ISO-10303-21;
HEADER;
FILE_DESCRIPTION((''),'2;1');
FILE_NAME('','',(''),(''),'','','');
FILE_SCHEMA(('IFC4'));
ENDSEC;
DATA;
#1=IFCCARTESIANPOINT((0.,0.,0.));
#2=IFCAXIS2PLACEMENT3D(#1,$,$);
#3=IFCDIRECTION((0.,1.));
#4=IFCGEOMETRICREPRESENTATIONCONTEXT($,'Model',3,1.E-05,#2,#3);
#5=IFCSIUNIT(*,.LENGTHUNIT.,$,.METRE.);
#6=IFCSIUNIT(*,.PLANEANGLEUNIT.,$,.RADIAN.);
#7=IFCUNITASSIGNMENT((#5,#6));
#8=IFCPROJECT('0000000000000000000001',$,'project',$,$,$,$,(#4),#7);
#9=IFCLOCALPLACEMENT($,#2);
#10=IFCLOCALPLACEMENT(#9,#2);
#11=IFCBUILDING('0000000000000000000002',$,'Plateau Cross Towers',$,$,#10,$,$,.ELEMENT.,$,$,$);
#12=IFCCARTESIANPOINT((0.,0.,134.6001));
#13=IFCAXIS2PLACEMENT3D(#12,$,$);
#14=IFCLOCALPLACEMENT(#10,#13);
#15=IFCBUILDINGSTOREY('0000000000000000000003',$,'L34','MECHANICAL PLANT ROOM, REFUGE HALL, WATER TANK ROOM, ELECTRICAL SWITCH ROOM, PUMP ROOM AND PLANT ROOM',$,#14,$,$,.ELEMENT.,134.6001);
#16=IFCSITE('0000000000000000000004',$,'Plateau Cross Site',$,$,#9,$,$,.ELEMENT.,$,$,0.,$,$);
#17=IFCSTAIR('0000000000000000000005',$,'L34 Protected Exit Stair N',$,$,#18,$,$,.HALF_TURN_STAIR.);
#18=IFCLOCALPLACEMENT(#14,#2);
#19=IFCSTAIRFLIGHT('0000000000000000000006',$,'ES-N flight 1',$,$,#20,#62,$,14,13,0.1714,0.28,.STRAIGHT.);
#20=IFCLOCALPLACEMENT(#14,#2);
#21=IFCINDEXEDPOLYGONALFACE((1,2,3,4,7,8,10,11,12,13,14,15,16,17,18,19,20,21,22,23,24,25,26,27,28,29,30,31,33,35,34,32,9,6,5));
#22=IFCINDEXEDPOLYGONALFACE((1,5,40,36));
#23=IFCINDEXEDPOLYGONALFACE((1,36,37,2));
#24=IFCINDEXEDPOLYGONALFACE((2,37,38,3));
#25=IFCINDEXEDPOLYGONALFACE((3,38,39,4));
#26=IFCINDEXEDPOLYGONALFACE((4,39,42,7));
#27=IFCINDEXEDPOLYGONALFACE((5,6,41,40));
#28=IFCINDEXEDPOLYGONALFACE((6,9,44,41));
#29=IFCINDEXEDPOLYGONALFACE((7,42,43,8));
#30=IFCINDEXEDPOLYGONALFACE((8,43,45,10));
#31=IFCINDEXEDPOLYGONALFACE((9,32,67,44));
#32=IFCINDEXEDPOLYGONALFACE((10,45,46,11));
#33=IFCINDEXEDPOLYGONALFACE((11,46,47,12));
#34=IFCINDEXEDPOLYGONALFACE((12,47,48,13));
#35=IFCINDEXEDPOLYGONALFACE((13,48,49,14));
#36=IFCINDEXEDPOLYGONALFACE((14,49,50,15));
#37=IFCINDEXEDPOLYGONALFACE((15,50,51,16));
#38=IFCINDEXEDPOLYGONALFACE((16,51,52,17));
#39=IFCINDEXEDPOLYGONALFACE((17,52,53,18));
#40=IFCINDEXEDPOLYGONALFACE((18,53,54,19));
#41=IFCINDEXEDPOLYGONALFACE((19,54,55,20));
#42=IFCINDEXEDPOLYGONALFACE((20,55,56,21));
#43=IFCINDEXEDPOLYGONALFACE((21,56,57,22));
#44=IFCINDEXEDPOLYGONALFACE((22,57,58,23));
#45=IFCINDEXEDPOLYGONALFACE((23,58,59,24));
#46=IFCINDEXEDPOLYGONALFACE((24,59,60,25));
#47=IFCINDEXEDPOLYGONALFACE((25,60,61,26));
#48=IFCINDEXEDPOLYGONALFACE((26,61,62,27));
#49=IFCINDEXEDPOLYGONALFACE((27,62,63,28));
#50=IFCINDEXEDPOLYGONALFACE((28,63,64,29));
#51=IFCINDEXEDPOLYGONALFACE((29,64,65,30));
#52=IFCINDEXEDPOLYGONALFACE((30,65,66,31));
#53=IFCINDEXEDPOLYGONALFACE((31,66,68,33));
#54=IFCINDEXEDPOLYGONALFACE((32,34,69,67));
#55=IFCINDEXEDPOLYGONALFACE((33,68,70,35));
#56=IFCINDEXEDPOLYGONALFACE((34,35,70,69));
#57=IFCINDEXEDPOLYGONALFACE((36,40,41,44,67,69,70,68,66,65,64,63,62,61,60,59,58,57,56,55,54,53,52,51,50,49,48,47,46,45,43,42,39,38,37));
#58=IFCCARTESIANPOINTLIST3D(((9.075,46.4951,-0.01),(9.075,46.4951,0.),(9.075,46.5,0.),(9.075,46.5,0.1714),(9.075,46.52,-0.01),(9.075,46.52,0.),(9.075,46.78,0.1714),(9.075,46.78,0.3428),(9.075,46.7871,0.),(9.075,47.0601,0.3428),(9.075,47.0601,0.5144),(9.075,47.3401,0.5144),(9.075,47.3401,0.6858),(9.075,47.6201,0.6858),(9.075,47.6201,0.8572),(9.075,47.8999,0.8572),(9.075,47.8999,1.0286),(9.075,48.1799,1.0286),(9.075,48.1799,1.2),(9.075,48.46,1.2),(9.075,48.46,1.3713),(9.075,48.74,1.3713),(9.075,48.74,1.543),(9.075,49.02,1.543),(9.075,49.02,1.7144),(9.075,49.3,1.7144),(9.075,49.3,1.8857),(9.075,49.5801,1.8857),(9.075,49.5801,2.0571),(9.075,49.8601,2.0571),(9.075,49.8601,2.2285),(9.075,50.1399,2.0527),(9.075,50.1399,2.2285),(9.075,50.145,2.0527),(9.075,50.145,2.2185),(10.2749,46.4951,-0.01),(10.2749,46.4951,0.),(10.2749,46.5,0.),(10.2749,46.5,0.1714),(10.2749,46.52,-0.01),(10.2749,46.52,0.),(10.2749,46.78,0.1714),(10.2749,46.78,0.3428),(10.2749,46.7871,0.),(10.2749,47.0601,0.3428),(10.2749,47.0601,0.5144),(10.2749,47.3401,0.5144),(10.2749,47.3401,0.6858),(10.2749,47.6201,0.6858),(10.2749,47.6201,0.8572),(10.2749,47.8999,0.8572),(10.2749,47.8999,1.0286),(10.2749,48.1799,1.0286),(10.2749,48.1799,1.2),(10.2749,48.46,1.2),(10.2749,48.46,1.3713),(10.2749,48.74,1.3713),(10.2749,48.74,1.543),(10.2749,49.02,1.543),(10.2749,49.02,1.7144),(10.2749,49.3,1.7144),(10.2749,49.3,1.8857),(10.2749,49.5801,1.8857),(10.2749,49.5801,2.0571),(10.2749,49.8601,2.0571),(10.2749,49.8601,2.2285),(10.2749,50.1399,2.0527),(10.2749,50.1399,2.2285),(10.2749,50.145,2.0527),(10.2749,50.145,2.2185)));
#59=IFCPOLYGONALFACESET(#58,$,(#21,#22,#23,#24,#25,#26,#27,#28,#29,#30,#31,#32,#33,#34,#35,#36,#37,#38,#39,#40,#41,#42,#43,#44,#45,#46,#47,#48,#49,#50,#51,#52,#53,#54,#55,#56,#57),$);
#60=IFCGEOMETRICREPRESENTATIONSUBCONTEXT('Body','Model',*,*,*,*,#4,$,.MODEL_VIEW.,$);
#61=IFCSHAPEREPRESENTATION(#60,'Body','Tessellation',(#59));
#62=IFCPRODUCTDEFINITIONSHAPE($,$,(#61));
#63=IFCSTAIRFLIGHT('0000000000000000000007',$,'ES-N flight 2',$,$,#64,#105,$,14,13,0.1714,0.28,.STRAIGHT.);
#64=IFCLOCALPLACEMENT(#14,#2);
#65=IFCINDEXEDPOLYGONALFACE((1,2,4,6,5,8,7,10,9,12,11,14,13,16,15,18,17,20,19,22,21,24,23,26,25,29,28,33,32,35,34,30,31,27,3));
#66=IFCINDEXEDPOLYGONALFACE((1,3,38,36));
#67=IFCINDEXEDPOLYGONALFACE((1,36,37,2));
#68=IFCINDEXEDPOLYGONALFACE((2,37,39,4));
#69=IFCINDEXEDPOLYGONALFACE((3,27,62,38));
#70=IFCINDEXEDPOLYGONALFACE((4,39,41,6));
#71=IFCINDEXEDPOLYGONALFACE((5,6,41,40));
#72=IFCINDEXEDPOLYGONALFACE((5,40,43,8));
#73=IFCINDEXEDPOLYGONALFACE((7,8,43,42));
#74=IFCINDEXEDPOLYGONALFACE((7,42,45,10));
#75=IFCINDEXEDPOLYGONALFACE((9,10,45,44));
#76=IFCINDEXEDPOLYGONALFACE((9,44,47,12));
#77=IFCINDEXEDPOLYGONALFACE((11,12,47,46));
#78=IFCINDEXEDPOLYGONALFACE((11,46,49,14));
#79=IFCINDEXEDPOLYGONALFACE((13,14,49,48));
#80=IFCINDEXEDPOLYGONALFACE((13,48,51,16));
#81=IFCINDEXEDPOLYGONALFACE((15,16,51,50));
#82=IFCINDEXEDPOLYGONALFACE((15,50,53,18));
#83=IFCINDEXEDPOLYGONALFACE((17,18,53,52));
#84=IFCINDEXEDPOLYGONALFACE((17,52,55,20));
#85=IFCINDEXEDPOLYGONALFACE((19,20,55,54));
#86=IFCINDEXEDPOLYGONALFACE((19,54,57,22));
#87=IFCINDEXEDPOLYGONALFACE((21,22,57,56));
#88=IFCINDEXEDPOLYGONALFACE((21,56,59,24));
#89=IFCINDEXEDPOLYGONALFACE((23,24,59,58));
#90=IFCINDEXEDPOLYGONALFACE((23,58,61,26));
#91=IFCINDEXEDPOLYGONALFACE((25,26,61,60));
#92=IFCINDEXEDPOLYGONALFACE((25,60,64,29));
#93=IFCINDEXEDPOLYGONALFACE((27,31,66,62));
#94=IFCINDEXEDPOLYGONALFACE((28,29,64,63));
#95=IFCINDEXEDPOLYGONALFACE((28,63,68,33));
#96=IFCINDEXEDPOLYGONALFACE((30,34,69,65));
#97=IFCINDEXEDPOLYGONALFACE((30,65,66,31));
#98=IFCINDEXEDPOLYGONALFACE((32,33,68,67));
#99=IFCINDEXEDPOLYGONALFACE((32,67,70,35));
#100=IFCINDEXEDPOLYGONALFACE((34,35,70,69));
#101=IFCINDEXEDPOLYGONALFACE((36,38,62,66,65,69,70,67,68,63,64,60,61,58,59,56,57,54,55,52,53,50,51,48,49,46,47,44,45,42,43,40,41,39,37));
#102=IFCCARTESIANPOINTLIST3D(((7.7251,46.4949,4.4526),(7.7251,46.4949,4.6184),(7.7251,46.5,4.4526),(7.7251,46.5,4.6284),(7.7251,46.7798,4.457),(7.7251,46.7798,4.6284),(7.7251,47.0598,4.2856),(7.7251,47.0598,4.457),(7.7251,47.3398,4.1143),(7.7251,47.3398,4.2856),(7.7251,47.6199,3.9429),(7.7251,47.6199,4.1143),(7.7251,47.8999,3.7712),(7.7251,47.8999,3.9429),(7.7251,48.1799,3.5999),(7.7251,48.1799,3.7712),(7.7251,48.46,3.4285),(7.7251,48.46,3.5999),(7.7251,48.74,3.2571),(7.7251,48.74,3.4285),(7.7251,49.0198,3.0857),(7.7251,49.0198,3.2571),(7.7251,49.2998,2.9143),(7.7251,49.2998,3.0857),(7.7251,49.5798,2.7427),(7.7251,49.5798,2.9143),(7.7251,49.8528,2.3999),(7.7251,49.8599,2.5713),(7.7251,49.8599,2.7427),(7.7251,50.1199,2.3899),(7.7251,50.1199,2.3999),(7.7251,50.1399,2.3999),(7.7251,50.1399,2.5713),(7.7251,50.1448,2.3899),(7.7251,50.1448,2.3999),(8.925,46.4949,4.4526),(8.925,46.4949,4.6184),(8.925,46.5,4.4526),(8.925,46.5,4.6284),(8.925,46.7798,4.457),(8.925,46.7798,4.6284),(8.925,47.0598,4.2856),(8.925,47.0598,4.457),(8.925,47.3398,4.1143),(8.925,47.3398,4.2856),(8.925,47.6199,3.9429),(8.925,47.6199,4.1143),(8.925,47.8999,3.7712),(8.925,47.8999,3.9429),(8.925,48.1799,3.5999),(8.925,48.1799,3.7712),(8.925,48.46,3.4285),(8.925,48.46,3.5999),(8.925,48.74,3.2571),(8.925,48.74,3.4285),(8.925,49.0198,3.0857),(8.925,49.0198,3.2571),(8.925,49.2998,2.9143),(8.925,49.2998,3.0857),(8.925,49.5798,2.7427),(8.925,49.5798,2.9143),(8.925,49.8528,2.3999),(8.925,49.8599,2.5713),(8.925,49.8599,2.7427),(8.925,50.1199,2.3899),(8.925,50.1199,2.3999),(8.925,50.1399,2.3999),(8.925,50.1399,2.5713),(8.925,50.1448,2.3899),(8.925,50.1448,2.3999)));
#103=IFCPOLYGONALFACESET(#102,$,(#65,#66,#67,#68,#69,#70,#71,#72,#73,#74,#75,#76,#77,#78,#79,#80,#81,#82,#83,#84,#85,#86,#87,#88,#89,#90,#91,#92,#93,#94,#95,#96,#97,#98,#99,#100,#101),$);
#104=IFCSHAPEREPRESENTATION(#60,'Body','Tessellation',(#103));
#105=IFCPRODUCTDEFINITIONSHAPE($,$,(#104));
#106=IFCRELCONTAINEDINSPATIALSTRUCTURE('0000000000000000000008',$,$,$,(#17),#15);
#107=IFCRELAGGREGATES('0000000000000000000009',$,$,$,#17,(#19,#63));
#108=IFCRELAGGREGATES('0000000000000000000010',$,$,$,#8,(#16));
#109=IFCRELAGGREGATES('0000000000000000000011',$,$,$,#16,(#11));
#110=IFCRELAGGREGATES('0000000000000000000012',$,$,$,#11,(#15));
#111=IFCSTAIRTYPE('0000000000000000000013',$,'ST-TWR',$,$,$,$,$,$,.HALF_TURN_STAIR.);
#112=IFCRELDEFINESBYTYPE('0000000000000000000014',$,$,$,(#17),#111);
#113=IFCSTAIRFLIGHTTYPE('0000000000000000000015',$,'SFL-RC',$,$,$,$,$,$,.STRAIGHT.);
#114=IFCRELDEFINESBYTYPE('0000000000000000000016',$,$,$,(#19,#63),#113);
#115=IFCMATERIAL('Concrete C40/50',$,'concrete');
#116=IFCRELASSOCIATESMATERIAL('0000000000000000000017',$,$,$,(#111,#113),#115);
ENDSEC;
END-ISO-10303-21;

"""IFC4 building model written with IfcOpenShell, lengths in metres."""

from ifc_helpers import new_model, si_unit, direction, frame, origin, place, context, subcontext, project, spatial, polyline, outline, extrude, material, type_object, element, aggregate, save


model = new_model("IFC4")

# Units and contexts
model_context = context("Model", 3, precision=1e-05, world=origin(), true_north=direction((0.0, 1.0)))
body_context = subcontext(model_context, "Body", "Model", "MODEL_VIEW")
ifc_project = project(units=[si_unit("LENGTHUNIT", "METRE"), si_unit("PLANEANGLEUNIT", "RADIAN")], contexts=[model_context])

# Site, building, storey
site_placement = place(None, origin())
site = spatial("IfcSite", under=ifc_project, at=site_placement, Name="Plateau Cross Site", CompositionType="ELEMENT", RefElevation=0.0)
building_placement = place(site_placement, origin())
building = spatial("IfcBuilding", under=site, at=building_placement, Name="Plateau Cross Towers", CompositionType="ELEMENT")
storey_placement = place(building_placement, frame((0.0, 0.0, 134.6001)))
storey = spatial("IfcBuildingStorey", under=building, at=storey_placement, Name="L34", Description="MECHANICAL PLANT ROOM, REFUGE HALL, WATER TANK ROOM, ELECTRICAL SWITCH ROOM, PUMP ROOM AND PLANT ROOM", CompositionType="ELEMENT", Elevation=134.6001)

# Stair, stair flights
ifc_material_1 = material(Name="Concrete C40/50", Category="concrete")
stair_type = type_object("IfcStairType", Name="ST-TWR", PredefinedType="HALF_TURN_STAIR", material=ifc_material_1)
stair_placement = place(storey_placement, origin())
stair = element("IfcStair", 1, at=stair_placement, inside=storey, type_object=stair_type, Name="L34 Protected Exit Stair N", PredefinedType="HALF_TURN_STAIR")
stair_flight_type = type_object("IfcStairFlightType", Name="SFL-RC", PredefinedType="STRAIGHT", material=ifc_material_1)
stair_flight_1_placement = place(storey_placement, frame((9.675, 46.5, 0.0), z_axis=(0.0, 0.0, 1.0), x_axis=(0.0, 1.0, 0.0)))
stair_flight_1 = element("IfcStairFlight", 2, at=stair_flight_1_placement, type_object=stair_flight_type, Name="ES-N flight 1", NumberOfRisers=14, NumberOfTreads=13, PredefinedType="STRAIGHT", RiserHeight=0.1714, TreadLength=0.28, context=body_context, shape_type="SweptSolid", body=[
    extrude(outline(polyline([(-0.0049, -0.01), (-0.0049, 0.0), (0.0, 0.0), (0.0, 0.1714), (0.28, 0.1714), (0.28, 0.3428), (0.5601, 0.3428), (0.5601, 0.5144), (0.8401, 0.5144), (0.8401, 0.6858), (1.1201, 0.6858), (1.1201, 0.8572), (1.3999, 0.8572), (1.3999, 1.0286), (1.6799, 1.0286), (1.6799, 1.2), (1.96, 1.2), (1.96, 1.3713), (2.24, 1.3713), (2.24, 1.543), (2.52, 1.543), (2.52, 1.7144), (2.8, 1.7144), (2.8, 1.8857), (3.0801, 1.8857), (3.0801, 2.0571), (3.3601, 2.0571), (3.3601, 2.2285), (3.6399, 2.2285), (3.645, 2.2185), (3.645, 2.0527), (3.6399, 2.0527), (0.2871, 0.0), (0.02, 0.0), (0.02, -0.01), (-0.0049, -0.01)])), frame((0.0, 0.6001, 0.0), z_axis=(0.0, -1.0, 0.0), x_axis=(1.0, 0.0, 0.0)), (0.0, 0.0, 1.0), 1.2),
])
stair_flight_2_placement = place(storey_placement, frame((8.325, 50.1399, 2.3999), z_axis=(0.0, 0.0, 1.0), x_axis=(0.0, -1.0, 0.0)))
stair_flight_2 = element("IfcStairFlight", 3, at=stair_flight_2_placement, type_object=stair_flight_type, Name="ES-N flight 2", NumberOfRisers=14, NumberOfTreads=13, PredefinedType="STRAIGHT", RiserHeight=0.1714, TreadLength=0.28, context=body_context, shape_type="SweptSolid", body=[
    extrude(outline(polyline([(-0.0049, -0.01), (-0.0049, 0.0), (0.0, 0.0), (0.0, 0.1714), (0.28, 0.1714), (0.28, 0.3428), (0.5601, 0.3428), (0.5601, 0.5144), (0.8401, 0.5144), (0.8401, 0.6858), (1.1201, 0.6858), (1.1201, 0.8572), (1.3999, 0.8572), (1.3999, 1.0286), (1.6799, 1.0286), (1.6799, 1.2), (1.96, 1.2), (1.96, 1.3713), (2.24, 1.3713), (2.24, 1.543), (2.52, 1.543), (2.52, 1.7144), (2.8, 1.7144), (2.8, 1.8857), (3.0801, 1.8857), (3.0801, 2.0571), (3.3601, 2.0571), (3.3601, 2.2285), (3.6399, 2.2285), (3.645, 2.2185), (3.645, 2.0527), (3.6399, 2.0527), (0.2871, 0.0), (0.02, 0.0), (0.02, -0.01), (-0.0049, -0.01)])), frame((0.0, 0.6001, 0.0), z_axis=(0.0, -1.0, 0.0), x_axis=(1.0, 0.0, 0.0)), (0.0, 0.0, 1.0), 1.2),
])
aggregate(stair, [stair_flight_1, stair_flight_2])

save(model, "model.ifc")
